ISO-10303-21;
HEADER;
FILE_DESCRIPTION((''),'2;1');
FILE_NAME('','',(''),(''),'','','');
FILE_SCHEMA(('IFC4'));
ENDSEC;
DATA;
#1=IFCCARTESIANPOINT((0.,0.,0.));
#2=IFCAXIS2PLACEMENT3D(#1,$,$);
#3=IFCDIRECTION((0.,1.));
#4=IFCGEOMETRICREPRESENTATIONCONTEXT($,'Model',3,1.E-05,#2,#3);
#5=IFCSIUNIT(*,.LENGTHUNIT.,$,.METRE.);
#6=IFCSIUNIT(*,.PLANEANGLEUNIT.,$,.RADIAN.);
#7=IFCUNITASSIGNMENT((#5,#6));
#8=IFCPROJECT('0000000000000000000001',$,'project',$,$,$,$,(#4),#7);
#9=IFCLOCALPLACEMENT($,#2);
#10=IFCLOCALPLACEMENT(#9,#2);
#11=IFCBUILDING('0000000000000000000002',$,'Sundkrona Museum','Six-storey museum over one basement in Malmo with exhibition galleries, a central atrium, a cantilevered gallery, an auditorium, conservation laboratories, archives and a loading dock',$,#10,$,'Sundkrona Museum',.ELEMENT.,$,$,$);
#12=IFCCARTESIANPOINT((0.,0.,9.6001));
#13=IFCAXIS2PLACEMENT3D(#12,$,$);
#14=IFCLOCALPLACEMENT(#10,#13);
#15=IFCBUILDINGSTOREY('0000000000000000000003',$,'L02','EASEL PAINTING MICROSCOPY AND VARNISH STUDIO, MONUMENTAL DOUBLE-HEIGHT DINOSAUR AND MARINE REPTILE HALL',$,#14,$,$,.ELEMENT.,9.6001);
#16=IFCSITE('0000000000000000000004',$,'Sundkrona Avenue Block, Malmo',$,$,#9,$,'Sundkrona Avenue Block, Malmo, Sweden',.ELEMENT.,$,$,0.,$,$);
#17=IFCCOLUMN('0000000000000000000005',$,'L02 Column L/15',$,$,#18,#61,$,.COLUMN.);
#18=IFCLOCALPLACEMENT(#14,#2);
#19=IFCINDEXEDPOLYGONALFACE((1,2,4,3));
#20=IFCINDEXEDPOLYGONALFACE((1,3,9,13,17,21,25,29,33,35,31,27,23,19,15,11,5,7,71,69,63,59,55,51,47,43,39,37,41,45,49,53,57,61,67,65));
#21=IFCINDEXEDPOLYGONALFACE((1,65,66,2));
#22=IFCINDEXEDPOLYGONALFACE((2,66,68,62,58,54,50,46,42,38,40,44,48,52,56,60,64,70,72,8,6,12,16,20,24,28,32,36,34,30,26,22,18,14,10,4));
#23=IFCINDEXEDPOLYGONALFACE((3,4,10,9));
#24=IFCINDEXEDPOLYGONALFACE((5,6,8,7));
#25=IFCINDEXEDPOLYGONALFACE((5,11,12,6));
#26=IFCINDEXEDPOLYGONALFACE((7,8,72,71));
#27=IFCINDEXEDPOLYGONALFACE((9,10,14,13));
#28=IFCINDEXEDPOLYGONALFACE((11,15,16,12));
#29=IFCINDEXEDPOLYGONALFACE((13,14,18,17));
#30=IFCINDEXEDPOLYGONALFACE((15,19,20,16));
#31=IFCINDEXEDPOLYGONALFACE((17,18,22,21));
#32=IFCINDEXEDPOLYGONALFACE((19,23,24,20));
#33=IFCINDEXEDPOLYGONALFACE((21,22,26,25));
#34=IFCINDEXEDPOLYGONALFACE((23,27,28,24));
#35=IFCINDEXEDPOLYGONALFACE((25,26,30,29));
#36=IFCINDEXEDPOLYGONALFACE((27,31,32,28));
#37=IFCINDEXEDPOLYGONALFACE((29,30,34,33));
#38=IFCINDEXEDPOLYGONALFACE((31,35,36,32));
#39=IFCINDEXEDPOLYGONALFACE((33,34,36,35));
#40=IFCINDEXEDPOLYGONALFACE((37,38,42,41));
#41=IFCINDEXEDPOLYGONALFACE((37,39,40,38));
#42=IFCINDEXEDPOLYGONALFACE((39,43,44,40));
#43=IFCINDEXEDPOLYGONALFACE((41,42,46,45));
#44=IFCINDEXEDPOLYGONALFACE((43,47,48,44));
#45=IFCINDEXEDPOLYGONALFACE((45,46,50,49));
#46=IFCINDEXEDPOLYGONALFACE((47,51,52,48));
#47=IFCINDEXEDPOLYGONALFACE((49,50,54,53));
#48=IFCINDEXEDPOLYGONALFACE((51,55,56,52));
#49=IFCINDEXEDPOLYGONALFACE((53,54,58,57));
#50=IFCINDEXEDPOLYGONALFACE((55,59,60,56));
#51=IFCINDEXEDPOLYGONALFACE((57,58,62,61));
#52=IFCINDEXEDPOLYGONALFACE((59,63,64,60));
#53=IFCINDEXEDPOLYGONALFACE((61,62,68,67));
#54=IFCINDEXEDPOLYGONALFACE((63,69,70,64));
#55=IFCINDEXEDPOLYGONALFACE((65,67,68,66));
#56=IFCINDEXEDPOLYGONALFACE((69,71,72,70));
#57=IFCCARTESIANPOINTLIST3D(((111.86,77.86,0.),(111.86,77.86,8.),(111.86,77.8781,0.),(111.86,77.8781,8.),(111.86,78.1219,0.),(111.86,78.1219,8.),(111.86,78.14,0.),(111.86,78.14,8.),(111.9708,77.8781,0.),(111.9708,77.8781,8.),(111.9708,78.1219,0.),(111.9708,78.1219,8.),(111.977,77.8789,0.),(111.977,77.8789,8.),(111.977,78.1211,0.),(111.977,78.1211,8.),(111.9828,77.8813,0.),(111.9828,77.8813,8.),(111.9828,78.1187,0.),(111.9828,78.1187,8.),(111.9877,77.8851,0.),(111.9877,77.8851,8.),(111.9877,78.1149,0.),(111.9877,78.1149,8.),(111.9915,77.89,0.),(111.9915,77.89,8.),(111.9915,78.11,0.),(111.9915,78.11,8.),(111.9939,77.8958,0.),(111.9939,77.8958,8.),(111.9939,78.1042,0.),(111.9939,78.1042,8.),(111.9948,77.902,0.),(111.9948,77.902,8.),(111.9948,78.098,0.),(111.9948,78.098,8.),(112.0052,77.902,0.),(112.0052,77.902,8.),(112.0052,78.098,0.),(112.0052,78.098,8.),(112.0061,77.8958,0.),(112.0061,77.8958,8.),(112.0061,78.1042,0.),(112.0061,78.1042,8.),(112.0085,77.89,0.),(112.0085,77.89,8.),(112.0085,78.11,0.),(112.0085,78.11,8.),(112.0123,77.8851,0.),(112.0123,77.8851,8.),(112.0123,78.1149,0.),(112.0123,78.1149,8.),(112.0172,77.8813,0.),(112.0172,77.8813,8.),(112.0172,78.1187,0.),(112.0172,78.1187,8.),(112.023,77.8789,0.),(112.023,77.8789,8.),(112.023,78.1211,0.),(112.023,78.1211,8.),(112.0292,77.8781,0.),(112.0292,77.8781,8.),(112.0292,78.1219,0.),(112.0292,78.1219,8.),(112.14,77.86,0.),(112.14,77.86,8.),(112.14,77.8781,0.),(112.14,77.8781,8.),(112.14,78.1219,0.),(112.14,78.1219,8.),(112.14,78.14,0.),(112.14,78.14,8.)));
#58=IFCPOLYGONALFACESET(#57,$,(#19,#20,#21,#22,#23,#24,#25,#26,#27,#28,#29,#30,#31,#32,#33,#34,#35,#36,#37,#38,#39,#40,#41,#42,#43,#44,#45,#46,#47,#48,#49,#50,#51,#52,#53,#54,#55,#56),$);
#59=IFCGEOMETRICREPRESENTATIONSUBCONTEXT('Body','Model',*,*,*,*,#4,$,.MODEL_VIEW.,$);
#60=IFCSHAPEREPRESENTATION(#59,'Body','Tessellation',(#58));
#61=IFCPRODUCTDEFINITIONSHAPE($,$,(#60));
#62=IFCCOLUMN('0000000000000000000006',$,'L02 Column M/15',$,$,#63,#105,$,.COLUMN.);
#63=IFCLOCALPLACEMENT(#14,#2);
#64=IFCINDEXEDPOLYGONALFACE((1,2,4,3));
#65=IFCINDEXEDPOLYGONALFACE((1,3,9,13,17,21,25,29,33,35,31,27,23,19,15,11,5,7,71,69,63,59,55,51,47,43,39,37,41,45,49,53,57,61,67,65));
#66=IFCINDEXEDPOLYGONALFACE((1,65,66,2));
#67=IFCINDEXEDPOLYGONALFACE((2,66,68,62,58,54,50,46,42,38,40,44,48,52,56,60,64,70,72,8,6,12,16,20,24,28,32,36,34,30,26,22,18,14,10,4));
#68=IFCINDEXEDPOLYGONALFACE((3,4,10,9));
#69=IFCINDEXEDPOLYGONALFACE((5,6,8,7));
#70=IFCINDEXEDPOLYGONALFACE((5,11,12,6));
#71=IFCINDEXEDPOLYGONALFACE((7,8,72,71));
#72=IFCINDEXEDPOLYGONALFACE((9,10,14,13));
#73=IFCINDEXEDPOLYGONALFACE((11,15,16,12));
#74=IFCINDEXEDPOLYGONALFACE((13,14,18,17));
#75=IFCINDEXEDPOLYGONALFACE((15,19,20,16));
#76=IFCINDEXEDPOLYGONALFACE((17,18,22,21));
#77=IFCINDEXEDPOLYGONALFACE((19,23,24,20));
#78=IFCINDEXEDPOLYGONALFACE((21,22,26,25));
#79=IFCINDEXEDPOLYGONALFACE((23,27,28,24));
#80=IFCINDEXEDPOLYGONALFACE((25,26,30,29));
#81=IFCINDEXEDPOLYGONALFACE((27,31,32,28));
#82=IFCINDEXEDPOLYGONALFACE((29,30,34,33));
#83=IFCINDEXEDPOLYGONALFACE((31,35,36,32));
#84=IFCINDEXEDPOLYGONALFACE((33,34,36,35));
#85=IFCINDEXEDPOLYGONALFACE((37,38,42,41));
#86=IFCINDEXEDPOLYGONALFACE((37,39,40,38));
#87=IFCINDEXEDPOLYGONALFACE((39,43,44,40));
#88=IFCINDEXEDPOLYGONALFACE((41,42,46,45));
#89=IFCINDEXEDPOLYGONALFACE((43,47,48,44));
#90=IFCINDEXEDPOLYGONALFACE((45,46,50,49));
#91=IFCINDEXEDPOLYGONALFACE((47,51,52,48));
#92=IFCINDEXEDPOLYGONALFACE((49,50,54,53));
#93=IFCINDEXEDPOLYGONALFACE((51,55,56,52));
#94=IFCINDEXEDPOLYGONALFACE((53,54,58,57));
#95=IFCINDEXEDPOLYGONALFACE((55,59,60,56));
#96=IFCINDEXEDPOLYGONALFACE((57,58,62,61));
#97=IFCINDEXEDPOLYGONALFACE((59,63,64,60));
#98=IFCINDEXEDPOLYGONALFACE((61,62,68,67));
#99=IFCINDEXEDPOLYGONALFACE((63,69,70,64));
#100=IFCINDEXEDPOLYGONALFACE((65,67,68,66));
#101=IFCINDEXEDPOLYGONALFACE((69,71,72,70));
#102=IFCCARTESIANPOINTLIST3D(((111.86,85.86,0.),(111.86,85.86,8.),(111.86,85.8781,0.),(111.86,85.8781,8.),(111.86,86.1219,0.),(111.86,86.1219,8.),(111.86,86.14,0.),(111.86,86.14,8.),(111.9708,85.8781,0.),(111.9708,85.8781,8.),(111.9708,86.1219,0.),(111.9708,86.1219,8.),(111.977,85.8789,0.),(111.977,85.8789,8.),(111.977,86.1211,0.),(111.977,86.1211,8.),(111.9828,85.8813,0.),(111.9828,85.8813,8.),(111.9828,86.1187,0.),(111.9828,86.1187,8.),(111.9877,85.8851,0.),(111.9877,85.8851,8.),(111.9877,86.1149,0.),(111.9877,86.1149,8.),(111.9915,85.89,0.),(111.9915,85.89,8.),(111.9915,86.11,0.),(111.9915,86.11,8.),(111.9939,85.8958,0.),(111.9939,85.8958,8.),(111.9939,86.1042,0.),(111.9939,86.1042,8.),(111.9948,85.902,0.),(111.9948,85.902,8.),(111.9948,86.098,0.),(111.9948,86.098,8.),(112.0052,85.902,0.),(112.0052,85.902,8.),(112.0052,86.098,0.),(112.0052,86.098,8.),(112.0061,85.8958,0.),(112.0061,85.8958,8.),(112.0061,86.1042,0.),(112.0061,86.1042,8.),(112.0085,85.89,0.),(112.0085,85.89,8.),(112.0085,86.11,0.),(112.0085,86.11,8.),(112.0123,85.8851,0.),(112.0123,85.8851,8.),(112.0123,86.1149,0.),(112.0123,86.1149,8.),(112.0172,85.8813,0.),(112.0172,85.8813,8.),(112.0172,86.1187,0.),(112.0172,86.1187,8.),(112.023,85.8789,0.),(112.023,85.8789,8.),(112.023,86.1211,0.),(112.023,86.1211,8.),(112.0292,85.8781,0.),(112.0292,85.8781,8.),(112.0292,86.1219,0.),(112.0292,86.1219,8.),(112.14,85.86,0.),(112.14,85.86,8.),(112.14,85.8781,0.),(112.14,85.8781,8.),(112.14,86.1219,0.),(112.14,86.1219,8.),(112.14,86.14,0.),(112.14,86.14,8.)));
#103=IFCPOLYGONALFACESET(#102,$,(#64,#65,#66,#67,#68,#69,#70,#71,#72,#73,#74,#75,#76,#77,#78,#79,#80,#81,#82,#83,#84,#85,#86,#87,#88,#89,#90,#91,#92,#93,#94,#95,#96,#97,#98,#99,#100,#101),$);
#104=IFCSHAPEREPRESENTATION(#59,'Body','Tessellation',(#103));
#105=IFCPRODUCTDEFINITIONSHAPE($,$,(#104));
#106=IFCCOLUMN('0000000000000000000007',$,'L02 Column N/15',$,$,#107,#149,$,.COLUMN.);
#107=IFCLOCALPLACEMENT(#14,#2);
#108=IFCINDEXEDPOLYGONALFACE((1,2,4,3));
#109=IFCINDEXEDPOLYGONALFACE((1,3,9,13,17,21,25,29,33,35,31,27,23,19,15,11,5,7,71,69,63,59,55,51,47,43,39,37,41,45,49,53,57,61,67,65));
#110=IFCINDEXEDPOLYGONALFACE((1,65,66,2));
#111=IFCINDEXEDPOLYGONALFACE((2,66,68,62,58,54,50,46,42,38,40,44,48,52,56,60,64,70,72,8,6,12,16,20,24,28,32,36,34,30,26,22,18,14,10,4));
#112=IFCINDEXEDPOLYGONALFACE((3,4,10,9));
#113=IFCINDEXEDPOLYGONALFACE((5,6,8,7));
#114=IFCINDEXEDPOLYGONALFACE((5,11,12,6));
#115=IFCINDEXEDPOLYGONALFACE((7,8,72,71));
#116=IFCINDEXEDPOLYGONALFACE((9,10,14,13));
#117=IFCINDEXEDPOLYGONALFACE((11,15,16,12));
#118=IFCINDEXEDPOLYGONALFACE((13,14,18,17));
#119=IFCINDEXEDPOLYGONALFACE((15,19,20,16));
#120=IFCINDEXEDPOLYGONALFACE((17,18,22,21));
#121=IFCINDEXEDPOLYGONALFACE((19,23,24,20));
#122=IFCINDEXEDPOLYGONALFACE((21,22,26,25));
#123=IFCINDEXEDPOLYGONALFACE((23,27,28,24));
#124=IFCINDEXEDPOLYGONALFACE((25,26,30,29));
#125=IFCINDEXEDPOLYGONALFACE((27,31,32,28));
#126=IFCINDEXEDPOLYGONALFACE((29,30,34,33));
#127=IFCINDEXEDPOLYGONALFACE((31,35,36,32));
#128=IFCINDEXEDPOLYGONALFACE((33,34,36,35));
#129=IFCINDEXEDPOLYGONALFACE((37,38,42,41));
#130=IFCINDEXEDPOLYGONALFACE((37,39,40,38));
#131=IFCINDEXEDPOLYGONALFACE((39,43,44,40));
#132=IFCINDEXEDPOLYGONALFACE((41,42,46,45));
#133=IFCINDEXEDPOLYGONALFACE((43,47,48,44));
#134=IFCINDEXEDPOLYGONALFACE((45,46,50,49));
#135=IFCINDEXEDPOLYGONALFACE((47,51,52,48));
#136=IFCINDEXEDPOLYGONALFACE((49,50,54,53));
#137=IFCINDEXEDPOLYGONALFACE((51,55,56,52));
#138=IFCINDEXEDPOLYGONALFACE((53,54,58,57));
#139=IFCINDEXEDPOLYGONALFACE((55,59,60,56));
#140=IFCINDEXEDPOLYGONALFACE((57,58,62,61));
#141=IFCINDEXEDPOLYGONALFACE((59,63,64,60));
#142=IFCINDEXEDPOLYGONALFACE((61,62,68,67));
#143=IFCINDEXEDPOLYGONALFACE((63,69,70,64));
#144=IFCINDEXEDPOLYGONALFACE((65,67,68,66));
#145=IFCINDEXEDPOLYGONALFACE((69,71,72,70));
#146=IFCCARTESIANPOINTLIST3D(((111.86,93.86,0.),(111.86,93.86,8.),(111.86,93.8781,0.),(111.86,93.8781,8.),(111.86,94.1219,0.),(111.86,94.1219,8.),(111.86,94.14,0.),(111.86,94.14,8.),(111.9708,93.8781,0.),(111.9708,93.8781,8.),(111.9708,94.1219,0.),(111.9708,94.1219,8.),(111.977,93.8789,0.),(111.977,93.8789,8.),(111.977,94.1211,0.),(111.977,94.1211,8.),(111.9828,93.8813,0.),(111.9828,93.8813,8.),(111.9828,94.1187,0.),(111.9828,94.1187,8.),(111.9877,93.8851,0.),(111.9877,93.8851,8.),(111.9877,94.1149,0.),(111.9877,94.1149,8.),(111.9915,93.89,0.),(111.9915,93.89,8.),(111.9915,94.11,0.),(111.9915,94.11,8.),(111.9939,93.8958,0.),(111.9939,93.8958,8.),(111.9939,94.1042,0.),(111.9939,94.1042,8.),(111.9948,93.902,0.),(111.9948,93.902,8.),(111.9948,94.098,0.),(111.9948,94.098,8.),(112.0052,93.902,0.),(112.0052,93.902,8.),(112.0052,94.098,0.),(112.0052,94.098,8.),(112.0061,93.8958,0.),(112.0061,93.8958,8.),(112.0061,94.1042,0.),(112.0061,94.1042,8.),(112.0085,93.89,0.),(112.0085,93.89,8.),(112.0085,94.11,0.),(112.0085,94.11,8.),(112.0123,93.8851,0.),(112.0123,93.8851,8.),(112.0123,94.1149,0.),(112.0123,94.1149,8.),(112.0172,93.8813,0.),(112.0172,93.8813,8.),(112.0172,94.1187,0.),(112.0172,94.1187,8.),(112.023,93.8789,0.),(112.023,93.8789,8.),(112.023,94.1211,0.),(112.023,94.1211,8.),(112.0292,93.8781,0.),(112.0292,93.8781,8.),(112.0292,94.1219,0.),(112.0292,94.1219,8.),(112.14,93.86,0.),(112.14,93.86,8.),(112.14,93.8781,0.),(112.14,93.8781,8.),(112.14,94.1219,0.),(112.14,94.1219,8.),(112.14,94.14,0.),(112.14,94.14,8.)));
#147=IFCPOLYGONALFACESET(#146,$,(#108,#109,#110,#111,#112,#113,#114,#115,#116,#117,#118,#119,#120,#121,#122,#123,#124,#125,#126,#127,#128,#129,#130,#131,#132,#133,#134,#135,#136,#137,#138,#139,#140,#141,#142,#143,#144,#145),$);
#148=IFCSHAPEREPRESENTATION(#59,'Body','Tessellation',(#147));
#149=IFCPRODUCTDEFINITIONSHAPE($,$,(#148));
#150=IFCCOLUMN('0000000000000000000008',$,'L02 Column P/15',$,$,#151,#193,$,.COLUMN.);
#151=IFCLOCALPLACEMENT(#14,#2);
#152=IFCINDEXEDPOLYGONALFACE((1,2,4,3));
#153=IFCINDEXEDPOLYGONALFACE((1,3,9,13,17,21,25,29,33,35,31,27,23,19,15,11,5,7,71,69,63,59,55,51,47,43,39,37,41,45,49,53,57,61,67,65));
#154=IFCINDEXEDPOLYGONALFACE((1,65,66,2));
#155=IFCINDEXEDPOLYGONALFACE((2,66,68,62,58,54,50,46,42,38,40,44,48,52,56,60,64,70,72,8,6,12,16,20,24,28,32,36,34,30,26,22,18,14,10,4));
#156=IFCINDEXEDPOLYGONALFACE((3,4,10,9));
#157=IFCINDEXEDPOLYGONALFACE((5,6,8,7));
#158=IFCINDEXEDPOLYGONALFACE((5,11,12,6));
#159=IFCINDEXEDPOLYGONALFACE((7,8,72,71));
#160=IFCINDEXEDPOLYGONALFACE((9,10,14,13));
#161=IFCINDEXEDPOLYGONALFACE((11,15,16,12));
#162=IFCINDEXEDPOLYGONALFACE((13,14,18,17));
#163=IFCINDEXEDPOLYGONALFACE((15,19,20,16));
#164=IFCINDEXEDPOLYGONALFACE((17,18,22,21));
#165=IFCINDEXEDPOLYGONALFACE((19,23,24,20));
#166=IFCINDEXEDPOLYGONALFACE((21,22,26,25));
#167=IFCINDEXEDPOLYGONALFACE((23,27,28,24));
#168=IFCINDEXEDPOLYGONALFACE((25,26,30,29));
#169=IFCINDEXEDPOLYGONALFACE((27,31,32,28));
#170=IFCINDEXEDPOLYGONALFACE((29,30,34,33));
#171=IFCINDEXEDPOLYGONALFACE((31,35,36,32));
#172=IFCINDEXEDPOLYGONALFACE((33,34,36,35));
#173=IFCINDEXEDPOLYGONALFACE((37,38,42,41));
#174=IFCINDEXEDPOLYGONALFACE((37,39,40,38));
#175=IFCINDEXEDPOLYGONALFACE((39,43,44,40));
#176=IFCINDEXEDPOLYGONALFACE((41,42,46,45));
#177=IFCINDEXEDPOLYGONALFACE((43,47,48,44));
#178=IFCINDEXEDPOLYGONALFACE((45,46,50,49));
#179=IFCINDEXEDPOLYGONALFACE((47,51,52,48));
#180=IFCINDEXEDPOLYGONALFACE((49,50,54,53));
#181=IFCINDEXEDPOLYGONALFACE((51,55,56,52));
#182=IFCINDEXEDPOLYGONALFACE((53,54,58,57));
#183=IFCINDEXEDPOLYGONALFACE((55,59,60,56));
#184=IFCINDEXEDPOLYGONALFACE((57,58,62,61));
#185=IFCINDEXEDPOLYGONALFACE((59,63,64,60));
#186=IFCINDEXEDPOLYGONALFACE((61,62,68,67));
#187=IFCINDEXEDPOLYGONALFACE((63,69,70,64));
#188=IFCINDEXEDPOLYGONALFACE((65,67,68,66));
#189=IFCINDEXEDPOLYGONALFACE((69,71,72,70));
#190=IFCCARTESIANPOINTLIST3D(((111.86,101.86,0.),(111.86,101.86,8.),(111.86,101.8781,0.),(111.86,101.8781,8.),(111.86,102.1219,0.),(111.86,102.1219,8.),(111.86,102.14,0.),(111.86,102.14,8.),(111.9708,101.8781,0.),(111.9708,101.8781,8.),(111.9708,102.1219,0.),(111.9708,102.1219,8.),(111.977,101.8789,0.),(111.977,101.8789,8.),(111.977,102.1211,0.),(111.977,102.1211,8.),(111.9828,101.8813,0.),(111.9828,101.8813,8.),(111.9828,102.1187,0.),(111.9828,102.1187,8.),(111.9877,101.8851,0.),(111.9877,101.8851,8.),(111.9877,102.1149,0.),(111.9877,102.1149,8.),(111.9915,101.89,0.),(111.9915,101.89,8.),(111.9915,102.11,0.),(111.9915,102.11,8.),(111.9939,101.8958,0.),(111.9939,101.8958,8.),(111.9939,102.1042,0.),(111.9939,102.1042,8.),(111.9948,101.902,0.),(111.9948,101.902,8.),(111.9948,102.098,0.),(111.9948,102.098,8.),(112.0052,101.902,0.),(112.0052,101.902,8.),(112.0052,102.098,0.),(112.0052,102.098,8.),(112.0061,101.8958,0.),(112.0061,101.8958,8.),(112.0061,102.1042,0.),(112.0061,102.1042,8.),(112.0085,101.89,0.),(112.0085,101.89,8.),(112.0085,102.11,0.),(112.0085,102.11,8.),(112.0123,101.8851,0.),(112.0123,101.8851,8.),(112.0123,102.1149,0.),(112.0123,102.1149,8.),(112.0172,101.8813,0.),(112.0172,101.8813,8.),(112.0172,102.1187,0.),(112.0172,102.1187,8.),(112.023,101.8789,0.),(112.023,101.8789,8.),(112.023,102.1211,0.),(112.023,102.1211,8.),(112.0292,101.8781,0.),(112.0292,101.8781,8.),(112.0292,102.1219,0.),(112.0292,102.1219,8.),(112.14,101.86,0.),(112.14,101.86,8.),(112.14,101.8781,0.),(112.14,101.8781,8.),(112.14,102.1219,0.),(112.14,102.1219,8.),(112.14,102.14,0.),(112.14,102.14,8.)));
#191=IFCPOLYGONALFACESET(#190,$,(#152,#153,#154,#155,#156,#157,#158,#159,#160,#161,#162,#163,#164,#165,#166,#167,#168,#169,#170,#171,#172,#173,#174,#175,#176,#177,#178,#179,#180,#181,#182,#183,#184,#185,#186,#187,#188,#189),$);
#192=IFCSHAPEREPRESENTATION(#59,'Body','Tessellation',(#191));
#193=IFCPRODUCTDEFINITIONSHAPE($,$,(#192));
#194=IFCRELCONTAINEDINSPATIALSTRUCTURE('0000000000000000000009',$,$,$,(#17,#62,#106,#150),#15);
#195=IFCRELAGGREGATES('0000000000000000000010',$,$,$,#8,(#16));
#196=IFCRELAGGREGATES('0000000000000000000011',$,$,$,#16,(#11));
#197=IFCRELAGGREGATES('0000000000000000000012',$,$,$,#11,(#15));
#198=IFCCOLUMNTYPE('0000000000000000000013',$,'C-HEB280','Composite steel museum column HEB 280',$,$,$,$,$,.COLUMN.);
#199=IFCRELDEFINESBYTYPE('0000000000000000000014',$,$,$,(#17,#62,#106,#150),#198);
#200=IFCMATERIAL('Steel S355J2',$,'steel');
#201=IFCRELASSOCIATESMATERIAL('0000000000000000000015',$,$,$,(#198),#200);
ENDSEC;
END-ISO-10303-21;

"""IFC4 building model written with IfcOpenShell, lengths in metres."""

from ifc_helpers import new_model, si_unit, direction, frame, origin, origin_2d, place, context, subcontext, project, spatial, i_section, extrude, material, material_profile, profile_set, type_object, element, save


model = new_model("IFC4")

# Units and contexts
model_context = context("Model", 3, precision=1e-05, world=origin(), true_north=direction((0.0, 1.0)))
body_context = subcontext(model_context, "Body", "Model", "MODEL_VIEW")
ifc_project = project(units=[si_unit("LENGTHUNIT", "METRE"), si_unit("PLANEANGLEUNIT", "RADIAN")], contexts=[model_context])

# Site, building, storey
site_placement = place(None, origin())
site = spatial("IfcSite", under=ifc_project, at=site_placement, Name="Sundkrona Avenue Block, Malmo", LongName="Sundkrona Avenue Block, Malmo, Sweden", CompositionType="ELEMENT", RefElevation=0.0)
building_placement = place(site_placement, origin())
building = spatial("IfcBuilding", under=site, at=building_placement, Name="Sundkrona Museum", Description="Six-storey museum over one basement in Malmo with exhibition galleries, a central atrium, a cantilevered gallery, an auditorium, conservation laboratories, archives and a loading dock", LongName="Sundkrona Museum", CompositionType="ELEMENT")
storey_placement = place(building_placement, frame((0.0, 0.0, 9.6001)))
storey = spatial("IfcBuildingStorey", under=building, at=storey_placement, Name="L02", Description="EASEL PAINTING MICROSCOPY AND VARNISH STUDIO, MONUMENTAL DOUBLE-HEIGHT DINOSAUR AND MARINE REPTILE HALL", CompositionType="ELEMENT", Elevation=9.6001)

# Columns
ifc_material_1 = material(Name="Steel S355J2", Category="steel")
ifc_material_profile_1 = material_profile(ifc_material_1, i_section(OverallWidth=0.28, OverallDepth=0.28, WebThickness=0.0105, FlangeThickness=0.0181, FilletRadius=0.0239, at=origin_2d()), Name="HEB 280")
ifc_profile_set_1 = profile_set([ifc_material_profile_1], Name="Steel S355J2")
column_type = type_object("IfcColumnType", Name="C-HEB280", Description="Composite steel museum column HEB 280", PredefinedType="COLUMN", material=ifc_profile_set_1)
for number, where, z_axis, x_axis, name in (
    (1, (112.0, 78.0, 0.0), (0.0, 0.0, 1.0), (1.0, 0.0, 0.0), "L02 Column L/15"),
    (2, (112.0, 86.0, 0.0), (0.0, 0.0, 1.0), (1.0, 0.0, 0.0), "L02 Column M/15"),
    (3, (112.0, 94.0, 0.0), (0.0, 0.0, 1.0), (1.0, 0.0, 0.0), "L02 Column N/15"),
    (4, (112.0, 102.0, 0.0), (0.0, 0.0, 1.0), (1.0, 0.0, 0.0), "L02 Column P/15"),
):
    element("IfcColumn", number, at=place(storey_placement, frame(where, z_axis=z_axis, x_axis=x_axis)), inside=storey, type_object=column_type, Name=name, PredefinedType="COLUMN", context=body_context, shape_type="SweptSolid", body=[
        extrude(i_section(OverallWidth=0.28, OverallDepth=0.28, WebThickness=0.0105, FlangeThickness=0.0181, FilletRadius=0.0239, at=origin_2d()), origin(), (0.0, 0.0, 1.0), 8.0),
    ])

save(model, "model.ifc")
